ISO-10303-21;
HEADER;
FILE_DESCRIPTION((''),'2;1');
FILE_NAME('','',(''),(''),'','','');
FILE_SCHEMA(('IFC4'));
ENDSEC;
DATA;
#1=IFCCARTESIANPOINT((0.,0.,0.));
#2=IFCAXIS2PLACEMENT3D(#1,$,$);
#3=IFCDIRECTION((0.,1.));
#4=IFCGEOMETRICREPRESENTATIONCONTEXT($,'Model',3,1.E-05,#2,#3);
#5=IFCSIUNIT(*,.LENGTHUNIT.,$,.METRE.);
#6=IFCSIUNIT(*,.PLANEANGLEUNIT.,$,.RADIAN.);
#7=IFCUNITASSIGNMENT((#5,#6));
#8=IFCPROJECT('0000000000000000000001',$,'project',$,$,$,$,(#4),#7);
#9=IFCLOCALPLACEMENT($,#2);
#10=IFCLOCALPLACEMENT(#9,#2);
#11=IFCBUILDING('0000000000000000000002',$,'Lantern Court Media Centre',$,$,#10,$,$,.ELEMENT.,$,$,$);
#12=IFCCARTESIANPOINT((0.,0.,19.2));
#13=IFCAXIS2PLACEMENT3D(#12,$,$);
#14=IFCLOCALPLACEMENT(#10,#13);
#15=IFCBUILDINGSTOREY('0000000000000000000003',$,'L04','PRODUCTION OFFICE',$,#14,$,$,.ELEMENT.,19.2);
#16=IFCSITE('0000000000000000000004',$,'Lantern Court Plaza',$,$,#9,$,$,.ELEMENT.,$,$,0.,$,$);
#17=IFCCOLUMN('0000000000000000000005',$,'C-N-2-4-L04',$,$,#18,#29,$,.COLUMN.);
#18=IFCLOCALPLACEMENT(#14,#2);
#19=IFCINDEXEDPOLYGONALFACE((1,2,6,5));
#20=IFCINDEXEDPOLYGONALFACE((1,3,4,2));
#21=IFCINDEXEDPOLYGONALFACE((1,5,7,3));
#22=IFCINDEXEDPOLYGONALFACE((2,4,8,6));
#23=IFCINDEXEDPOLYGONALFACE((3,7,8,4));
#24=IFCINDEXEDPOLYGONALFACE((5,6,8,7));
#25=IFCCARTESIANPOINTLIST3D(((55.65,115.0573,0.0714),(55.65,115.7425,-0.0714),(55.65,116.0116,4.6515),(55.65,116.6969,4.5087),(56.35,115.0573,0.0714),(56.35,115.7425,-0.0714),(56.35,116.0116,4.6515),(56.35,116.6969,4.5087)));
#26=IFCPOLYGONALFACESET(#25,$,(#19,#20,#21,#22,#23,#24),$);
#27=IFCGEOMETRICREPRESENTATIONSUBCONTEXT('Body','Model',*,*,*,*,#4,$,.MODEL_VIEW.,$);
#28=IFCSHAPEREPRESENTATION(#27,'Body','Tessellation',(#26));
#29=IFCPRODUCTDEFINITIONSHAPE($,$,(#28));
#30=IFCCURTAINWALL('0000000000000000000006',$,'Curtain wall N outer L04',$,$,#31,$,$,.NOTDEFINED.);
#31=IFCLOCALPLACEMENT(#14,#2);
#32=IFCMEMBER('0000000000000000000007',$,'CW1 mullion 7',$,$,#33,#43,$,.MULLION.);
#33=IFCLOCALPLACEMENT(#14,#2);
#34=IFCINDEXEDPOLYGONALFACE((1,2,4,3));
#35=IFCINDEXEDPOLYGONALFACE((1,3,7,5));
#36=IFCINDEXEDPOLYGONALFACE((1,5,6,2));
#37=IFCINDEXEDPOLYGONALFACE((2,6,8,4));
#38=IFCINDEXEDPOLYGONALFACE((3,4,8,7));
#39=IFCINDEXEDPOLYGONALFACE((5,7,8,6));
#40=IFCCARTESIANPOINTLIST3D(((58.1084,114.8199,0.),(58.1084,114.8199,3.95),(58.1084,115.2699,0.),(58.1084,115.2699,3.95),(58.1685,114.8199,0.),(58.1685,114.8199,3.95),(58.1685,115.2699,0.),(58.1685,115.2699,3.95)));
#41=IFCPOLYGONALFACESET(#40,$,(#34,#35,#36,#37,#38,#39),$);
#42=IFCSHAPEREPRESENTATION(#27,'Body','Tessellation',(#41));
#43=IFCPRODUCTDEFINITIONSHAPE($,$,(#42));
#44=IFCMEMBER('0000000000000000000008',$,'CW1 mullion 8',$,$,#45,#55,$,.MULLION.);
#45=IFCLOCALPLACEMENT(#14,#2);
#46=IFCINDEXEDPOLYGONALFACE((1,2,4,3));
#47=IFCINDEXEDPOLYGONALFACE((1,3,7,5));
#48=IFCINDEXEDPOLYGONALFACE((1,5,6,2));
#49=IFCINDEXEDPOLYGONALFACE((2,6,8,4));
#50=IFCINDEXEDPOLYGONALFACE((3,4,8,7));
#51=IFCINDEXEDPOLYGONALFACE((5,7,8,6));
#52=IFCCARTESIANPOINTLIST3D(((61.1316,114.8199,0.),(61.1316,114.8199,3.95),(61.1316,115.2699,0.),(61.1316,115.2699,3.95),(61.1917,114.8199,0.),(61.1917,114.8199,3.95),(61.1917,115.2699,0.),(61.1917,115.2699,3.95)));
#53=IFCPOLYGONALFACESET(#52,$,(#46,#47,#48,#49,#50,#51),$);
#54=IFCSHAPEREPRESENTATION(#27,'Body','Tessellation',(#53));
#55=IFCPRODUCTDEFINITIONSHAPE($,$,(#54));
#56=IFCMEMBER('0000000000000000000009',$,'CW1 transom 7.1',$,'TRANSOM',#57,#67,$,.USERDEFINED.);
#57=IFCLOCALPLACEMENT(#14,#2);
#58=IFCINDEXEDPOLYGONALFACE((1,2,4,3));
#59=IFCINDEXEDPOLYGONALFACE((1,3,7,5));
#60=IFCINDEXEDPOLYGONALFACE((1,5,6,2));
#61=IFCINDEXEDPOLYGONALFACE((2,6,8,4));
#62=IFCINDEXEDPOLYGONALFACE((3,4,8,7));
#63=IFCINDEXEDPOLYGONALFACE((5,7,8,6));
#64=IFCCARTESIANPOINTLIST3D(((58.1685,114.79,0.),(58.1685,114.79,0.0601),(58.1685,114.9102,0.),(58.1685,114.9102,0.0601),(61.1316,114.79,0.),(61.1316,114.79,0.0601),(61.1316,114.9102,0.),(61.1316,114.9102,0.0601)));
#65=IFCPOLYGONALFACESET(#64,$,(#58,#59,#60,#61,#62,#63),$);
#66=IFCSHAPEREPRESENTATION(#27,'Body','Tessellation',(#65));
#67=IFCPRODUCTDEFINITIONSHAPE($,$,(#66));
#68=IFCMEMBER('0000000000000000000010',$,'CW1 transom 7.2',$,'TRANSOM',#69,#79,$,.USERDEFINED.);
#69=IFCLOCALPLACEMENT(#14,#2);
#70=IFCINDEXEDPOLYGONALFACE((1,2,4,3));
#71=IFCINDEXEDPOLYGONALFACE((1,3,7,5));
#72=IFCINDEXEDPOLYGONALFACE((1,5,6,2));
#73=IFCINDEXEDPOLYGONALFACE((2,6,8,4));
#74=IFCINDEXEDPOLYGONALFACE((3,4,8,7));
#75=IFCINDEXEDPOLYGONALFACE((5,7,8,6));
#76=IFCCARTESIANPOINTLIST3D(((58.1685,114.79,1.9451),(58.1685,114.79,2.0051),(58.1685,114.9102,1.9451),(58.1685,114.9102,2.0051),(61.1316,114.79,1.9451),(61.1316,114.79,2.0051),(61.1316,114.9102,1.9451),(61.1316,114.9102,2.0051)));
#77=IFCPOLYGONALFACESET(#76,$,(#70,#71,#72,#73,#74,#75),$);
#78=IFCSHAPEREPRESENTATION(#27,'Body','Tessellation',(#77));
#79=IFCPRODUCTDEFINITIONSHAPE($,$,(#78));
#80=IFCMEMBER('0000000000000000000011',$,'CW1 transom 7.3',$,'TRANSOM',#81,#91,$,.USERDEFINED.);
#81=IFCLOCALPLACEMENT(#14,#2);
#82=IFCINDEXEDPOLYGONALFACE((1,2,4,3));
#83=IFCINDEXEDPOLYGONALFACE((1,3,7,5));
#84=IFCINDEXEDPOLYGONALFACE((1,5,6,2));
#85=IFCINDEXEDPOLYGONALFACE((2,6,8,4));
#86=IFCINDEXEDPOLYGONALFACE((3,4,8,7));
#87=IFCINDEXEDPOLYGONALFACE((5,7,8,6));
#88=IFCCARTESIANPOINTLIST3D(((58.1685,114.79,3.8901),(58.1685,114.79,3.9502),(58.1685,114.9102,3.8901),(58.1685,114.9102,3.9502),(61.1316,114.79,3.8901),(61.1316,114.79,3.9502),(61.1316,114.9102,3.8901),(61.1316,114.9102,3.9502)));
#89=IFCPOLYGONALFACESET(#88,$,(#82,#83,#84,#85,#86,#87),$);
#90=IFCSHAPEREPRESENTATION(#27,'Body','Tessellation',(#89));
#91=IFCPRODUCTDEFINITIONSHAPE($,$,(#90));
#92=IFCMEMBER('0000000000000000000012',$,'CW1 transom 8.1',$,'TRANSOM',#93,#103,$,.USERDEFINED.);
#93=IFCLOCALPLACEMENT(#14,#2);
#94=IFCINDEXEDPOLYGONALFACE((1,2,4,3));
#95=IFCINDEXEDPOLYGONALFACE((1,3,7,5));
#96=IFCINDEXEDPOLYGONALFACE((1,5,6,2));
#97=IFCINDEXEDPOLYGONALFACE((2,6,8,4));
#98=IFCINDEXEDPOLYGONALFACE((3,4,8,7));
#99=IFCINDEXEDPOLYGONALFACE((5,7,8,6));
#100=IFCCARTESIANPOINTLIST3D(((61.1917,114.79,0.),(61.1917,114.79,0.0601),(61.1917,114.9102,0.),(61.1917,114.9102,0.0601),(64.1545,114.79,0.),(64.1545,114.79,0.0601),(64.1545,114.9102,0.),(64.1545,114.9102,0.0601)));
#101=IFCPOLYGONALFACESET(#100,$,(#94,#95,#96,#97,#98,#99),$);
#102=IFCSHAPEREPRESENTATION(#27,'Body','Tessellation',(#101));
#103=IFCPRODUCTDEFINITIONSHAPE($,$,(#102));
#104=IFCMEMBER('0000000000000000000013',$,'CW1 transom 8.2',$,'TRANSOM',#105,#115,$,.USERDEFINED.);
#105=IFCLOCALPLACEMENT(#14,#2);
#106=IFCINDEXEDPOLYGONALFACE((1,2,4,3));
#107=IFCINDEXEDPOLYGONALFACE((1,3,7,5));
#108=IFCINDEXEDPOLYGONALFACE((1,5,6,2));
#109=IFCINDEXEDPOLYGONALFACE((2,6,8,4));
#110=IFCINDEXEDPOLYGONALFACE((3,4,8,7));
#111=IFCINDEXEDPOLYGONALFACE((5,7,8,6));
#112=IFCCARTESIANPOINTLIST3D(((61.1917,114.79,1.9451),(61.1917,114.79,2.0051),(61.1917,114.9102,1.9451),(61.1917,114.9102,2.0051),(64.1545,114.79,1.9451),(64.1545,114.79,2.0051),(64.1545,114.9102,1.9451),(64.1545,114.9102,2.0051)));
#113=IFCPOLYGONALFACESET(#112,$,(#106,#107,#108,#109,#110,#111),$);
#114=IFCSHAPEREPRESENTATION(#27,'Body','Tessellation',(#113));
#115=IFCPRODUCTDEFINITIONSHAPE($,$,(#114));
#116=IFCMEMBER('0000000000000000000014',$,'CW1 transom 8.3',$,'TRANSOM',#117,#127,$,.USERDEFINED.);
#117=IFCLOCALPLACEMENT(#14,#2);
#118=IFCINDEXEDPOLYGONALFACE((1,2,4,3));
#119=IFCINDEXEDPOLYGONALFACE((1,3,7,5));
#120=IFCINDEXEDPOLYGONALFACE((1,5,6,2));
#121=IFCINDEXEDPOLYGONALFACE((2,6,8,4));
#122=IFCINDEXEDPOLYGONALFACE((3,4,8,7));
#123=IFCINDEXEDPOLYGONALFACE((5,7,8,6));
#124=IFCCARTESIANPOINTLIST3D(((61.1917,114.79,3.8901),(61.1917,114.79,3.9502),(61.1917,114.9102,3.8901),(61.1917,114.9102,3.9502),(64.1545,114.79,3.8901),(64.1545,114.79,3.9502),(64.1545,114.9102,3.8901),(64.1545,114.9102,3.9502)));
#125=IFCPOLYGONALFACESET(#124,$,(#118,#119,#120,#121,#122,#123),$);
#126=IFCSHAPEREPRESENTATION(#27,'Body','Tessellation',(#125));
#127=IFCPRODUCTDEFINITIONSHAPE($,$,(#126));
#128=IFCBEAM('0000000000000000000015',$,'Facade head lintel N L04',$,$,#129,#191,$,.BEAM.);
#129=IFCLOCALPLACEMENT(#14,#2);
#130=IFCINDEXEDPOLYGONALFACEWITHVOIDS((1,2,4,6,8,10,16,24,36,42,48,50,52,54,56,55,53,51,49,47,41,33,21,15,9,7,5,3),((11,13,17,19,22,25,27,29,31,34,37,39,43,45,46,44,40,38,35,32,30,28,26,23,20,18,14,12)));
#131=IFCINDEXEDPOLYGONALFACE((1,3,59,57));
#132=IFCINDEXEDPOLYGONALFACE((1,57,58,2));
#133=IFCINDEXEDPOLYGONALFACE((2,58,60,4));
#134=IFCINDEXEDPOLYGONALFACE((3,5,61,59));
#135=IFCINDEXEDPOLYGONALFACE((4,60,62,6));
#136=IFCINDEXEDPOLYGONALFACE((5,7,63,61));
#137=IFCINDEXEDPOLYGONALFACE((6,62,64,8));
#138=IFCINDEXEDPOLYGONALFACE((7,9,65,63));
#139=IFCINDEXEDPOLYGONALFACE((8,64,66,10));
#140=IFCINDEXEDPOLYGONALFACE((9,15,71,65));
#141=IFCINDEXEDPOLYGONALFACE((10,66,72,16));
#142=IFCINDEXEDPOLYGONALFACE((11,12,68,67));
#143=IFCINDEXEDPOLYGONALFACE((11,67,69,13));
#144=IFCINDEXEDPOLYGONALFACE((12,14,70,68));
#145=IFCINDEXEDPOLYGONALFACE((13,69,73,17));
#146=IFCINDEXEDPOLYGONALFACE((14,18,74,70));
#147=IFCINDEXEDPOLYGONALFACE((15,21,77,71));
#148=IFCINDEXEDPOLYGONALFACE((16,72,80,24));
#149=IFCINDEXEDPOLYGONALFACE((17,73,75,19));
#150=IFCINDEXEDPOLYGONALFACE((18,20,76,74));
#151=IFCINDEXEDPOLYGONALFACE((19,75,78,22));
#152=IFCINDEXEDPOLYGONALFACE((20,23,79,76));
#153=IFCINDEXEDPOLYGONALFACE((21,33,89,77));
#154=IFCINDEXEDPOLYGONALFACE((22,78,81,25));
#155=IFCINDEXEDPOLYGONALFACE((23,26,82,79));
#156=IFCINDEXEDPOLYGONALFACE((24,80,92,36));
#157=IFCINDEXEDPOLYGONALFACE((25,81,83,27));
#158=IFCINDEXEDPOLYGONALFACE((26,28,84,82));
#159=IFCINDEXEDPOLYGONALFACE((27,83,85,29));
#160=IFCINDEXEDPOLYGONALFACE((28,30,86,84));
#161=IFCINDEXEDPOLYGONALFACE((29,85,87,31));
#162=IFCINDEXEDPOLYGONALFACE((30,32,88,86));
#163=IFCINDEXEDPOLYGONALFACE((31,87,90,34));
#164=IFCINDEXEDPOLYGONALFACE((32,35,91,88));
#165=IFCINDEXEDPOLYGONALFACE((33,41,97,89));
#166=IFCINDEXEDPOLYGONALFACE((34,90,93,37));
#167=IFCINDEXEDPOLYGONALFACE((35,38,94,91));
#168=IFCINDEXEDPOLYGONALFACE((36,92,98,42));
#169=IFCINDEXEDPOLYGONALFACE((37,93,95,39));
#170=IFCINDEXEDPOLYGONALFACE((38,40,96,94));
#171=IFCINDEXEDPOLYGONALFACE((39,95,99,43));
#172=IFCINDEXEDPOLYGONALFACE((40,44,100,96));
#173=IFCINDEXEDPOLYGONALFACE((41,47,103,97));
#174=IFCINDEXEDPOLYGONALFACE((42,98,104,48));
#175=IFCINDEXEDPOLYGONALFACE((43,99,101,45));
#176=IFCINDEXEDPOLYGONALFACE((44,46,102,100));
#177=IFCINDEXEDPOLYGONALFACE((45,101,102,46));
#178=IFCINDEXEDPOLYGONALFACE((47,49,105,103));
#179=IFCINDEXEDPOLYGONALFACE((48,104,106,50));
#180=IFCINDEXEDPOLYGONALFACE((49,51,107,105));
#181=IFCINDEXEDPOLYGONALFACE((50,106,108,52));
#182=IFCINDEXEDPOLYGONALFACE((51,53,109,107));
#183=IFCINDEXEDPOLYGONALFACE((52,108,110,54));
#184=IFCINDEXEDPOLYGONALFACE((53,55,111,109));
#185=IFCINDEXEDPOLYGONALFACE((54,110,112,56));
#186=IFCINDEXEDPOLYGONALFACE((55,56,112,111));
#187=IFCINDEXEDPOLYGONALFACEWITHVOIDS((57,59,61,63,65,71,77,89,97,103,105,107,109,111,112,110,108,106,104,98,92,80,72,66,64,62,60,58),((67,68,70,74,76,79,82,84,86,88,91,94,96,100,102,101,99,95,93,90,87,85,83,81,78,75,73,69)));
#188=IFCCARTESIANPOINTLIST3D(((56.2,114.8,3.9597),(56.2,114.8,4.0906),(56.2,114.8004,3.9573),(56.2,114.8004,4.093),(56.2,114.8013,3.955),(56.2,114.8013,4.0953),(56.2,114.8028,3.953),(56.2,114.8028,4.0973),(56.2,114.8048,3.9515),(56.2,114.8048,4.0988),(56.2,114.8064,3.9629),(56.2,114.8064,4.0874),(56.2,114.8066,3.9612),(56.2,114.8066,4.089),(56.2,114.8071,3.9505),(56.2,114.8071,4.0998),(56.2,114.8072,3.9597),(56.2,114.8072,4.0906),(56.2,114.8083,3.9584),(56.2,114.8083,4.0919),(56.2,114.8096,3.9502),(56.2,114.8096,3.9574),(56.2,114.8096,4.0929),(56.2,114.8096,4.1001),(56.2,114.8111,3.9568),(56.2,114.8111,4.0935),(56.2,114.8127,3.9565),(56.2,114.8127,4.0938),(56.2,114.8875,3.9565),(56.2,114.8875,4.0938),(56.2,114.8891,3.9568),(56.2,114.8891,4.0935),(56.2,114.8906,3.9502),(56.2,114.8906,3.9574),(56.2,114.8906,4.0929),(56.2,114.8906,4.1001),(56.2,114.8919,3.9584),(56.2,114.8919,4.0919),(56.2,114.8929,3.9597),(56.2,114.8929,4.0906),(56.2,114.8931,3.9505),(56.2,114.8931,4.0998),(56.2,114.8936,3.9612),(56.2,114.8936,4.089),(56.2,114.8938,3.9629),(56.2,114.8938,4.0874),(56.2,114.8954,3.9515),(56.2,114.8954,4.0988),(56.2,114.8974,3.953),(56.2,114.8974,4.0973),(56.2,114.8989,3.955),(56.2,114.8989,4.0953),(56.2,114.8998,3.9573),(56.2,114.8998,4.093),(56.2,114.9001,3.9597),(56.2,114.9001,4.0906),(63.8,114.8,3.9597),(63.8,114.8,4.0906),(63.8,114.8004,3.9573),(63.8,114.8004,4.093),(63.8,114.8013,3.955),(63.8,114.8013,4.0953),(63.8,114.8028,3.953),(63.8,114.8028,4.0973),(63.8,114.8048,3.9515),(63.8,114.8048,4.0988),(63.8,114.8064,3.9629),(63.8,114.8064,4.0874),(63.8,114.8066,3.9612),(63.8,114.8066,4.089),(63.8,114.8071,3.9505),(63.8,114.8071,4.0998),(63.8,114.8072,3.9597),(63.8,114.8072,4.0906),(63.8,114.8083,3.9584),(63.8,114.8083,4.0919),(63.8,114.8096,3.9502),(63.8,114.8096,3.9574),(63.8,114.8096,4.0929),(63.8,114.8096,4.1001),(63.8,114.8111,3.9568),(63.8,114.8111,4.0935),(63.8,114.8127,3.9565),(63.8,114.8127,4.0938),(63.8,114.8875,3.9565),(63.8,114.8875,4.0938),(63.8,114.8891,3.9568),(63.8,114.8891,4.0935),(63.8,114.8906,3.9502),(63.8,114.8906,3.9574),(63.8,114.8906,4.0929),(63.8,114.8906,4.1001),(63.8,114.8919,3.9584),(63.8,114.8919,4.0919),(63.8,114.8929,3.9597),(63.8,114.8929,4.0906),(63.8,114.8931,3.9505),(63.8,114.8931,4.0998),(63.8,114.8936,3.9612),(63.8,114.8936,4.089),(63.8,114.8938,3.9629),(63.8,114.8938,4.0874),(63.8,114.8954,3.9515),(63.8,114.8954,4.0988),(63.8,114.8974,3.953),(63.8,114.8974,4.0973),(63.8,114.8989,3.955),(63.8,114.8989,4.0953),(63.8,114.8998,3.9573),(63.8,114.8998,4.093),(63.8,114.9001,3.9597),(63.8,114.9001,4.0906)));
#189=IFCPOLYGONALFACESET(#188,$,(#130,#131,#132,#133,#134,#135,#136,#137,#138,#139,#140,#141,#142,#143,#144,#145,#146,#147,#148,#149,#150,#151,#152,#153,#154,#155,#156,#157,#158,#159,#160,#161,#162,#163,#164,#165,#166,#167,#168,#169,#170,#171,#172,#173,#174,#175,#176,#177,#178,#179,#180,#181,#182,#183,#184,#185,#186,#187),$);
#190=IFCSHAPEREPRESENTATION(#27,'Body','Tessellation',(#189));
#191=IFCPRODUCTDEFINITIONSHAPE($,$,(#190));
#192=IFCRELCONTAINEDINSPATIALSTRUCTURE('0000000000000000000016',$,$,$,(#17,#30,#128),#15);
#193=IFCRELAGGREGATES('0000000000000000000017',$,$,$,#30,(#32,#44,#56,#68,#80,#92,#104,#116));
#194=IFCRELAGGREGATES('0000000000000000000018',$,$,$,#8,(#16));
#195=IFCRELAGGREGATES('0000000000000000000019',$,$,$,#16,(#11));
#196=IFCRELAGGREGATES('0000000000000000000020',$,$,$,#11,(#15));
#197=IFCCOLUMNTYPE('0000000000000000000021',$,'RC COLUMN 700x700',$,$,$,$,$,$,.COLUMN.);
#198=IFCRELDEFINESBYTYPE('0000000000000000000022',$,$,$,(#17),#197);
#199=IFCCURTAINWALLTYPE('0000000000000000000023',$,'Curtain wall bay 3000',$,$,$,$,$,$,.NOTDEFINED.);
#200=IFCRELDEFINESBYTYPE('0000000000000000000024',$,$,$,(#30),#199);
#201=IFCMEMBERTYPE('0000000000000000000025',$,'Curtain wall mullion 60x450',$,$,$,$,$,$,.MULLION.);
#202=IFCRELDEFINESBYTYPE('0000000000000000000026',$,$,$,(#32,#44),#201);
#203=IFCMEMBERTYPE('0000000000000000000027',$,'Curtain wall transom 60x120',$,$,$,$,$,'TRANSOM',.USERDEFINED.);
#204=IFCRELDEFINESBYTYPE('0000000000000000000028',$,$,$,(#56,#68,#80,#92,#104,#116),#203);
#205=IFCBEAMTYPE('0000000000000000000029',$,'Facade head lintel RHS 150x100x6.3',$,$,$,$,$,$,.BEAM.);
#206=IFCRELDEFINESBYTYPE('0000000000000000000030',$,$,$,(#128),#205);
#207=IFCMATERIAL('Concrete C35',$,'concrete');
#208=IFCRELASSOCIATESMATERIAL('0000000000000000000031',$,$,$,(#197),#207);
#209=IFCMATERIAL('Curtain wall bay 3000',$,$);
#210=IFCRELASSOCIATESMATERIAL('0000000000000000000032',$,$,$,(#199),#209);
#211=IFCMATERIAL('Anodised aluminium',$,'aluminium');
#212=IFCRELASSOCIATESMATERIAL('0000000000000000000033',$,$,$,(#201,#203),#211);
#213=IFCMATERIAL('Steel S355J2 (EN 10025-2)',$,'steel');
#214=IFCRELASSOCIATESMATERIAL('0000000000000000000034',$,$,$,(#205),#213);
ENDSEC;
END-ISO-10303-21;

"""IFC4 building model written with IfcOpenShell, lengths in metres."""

from ifc_helpers import new_model, si_unit, direction, frame, origin, origin_2d, place, context, subcontext, project, spatial, rectangle, hollow_rectangle, extrude, material, material_profile, profile_set, type_object, element, aggregate, save


model = new_model("IFC4")

# Units and contexts
model_context = context("Model", 3, precision=1e-05, world=origin(), true_north=direction((0.0, 1.0)))
body_context = subcontext(model_context, "Body", "Model", "MODEL_VIEW")
ifc_project = project(units=[si_unit("LENGTHUNIT", "METRE"), si_unit("PLANEANGLEUNIT", "RADIAN")], contexts=[model_context])

# Site, building, storey
site_placement = place(None, origin())
site = spatial("IfcSite", under=ifc_project, at=site_placement, Name="Lantern Court Plaza", CompositionType="ELEMENT", RefElevation=0.0)
building_placement = place(site_placement, origin())
building = spatial("IfcBuilding", under=site, at=building_placement, Name="Lantern Court Media Centre", CompositionType="ELEMENT")
storey_placement = place(building_placement, frame((0.0, 0.0, 19.2)))
storey = spatial("IfcBuildingStorey", under=building, at=storey_placement, Name="L04", Description="PRODUCTION OFFICE", CompositionType="ELEMENT", Elevation=19.2)

# Column
ifc_material_1 = material(Name="Concrete C35", Category="concrete")
ifc_material_profile_1 = material_profile(ifc_material_1, rectangle(XDim=0.7, YDim=0.7, at=origin_2d()), Name="RC 700x700")
ifc_profile_set_1 = profile_set([ifc_material_profile_1], Name="Concrete C35")
column_type = type_object("IfcColumnType", Name="RC COLUMN 700x700", PredefinedType="COLUMN", material=ifc_profile_set_1)
column_placement = place(storey_placement, frame((56.0, 115.3999, 0.0), z_axis=(0.0, 0.203988, 0.978973), x_axis=(-1.0, 0.0, 0.0)))
element("IfcColumn", 1, at=column_placement, inside=storey, type_object=column_type, Name="C-N-2-4-L04", PredefinedType="COLUMN", context=body_context, shape_type="SweptSolid", body=[
    extrude(rectangle(XDim=0.7, YDim=0.7, at=origin_2d()), origin(), (0.0, 0.0, 1.0), 4.6785),
])

# Curtain wall, members
ifc_material_2 = material(Name="Curtain wall bay 3000")
curtain_wall_type = type_object("IfcCurtainWallType", Name="Curtain wall bay 3000", PredefinedType="NOTDEFINED", material=ifc_material_2)
curtain_wall_placement = place(storey_placement, origin())
curtain_wall = element("IfcCurtainWall", 2, at=curtain_wall_placement, inside=storey, type_object=curtain_wall_type, Name="Curtain wall N outer L04", PredefinedType="NOTDEFINED")
ifc_material_3 = material(Name="Anodised aluminium", Category="aluminium")
ifc_material_profile_2 = material_profile(ifc_material_3, rectangle(XDim=0.45, YDim=0.0601, at=origin_2d()), Name="AL 60x450")
ifc_profile_set_2 = profile_set([ifc_material_profile_2], Name="Anodised aluminium")
member_type_1 = type_object("IfcMemberType", Name="Curtain wall mullion 60x450", PredefinedType="MULLION", material=ifc_profile_set_2)
member_1_placement = place(storey_placement, frame((58.1384, 115.0449, 0.0), z_axis=(0.0, 0.0, 1.0), x_axis=(0.0, 1.0, 0.0)))
member_1 = element("IfcMember", 3, at=member_1_placement, type_object=member_type_1, Name="CW1 mullion 7", PredefinedType="MULLION", context=body_context, shape_type="SweptSolid", body=[
    extrude(rectangle(XDim=0.45, YDim=0.0601, at=origin_2d()), origin(), (0.0, 0.0, 1.0), 3.95),
])
member_2_placement = place(storey_placement, frame((61.1616, 115.0449, 0.0), z_axis=(0.0, 0.0, 1.0), x_axis=(0.0, 1.0, 0.0)))
member_2 = element("IfcMember", 4, at=member_2_placement, type_object=member_type_1, Name="CW1 mullion 8", PredefinedType="MULLION", context=body_context, shape_type="SweptSolid", body=[
    extrude(rectangle(XDim=0.45, YDim=0.0601, at=origin_2d()), origin(), (0.0, 0.0, 1.0), 3.95),
])
ifc_material_profile_3 = material_profile(ifc_material_3, rectangle(XDim=0.1201, YDim=0.0601, at=origin_2d()), Name="AL 60x120")
ifc_profile_set_3 = profile_set([ifc_material_profile_3], Name="Anodised aluminium")
member_type_2 = type_object("IfcMemberType", Name="Curtain wall transom 60x120", ElementType="TRANSOM", PredefinedType="USERDEFINED", material=ifc_profile_set_3)
member_3_placement = place(storey_placement, frame((58.1685, 114.8501, 0.03), z_axis=(1.0, 0.0, 0.0), x_axis=(0.0, 1.0, 0.0)))
member_3 = element("IfcMember", 5, at=member_3_placement, type_object=member_type_2, Name="CW1 transom 7.1", ObjectType="TRANSOM", PredefinedType="USERDEFINED", context=body_context, shape_type="SweptSolid", body=[
    extrude(rectangle(XDim=0.1201, YDim=0.0601, at=origin_2d()), origin(), (0.0, 0.0, 1.0), 2.9631),
])
member_4_placement = place(storey_placement, frame((58.1685, 114.8501, 1.9751), z_axis=(1.0, 0.0, 0.0), x_axis=(0.0, 1.0, 0.0)))
member_4 = element("IfcMember", 6, at=member_4_placement, type_object=member_type_2, Name="CW1 transom 7.2", ObjectType="TRANSOM", PredefinedType="USERDEFINED", context=body_context, shape_type="SweptSolid", body=[
    extrude(rectangle(XDim=0.1201, YDim=0.0601, at=origin_2d()), origin(), (0.0, 0.0, 1.0), 2.9631),
])
member_5_placement = place(storey_placement, frame((58.1685, 114.8501, 3.9202), z_axis=(1.0, 0.0, 0.0), x_axis=(0.0, 1.0, 0.0)))
member_5 = element("IfcMember", 7, at=member_5_placement, type_object=member_type_2, Name="CW1 transom 7.3", ObjectType="TRANSOM", PredefinedType="USERDEFINED", context=body_context, shape_type="SweptSolid", body=[
    extrude(rectangle(XDim=0.1201, YDim=0.0601, at=origin_2d()), origin(), (0.0, 0.0, 1.0), 2.9631),
])
member_6_placement = place(storey_placement, frame((61.1917, 114.8501, 0.03), z_axis=(1.0, 0.0, 0.0), x_axis=(0.0, 1.0, 0.0)))
member_6 = element("IfcMember", 8, at=member_6_placement, type_object=member_type_2, Name="CW1 transom 8.1", ObjectType="TRANSOM", PredefinedType="USERDEFINED", context=body_context, shape_type="SweptSolid", body=[
    extrude(rectangle(XDim=0.1201, YDim=0.0601, at=origin_2d()), origin(), (0.0, 0.0, 1.0), 2.9629),
])
member_7_placement = place(storey_placement, frame((61.1917, 114.8501, 1.9751), z_axis=(1.0, 0.0, 0.0), x_axis=(0.0, 1.0, 0.0)))
member_7 = element("IfcMember", 9, at=member_7_placement, type_object=member_type_2, Name="CW1 transom 8.2", ObjectType="TRANSOM", PredefinedType="USERDEFINED", context=body_context, shape_type="SweptSolid", body=[
    extrude(rectangle(XDim=0.1201, YDim=0.0601, at=origin_2d()), origin(), (0.0, 0.0, 1.0), 2.9629),
])
member_8_placement = place(storey_placement, frame((61.1917, 114.8501, 3.9202), z_axis=(1.0, 0.0, 0.0), x_axis=(0.0, 1.0, 0.0)))
member_8 = element("IfcMember", 10, at=member_8_placement, type_object=member_type_2, Name="CW1 transom 8.3", ObjectType="TRANSOM", PredefinedType="USERDEFINED", context=body_context, shape_type="SweptSolid", body=[
    extrude(rectangle(XDim=0.1201, YDim=0.0601, at=origin_2d()), origin(), (0.0, 0.0, 1.0), 2.9629),
])

# Beam
ifc_material_4 = material(Name="Steel S355J2 (EN 10025-2)", Category="steel")
ifc_material_profile_4 = material_profile(ifc_material_4, hollow_rectangle(XDim=0.1001, YDim=0.1499, WallThickness=0.0063, InnerFilletRadius=0.0063, OuterFilletRadius=0.0095, at=origin_2d()), Name="Facade head lintel RHS 150x100x6.3")
ifc_profile_set_4 = profile_set([ifc_material_profile_4], Name="Steel S355J2 (EN 10025-2)")
beam_type_1 = type_object("IfcBeamType", Name="Facade head lintel RHS 150x100x6.3", PredefinedType="BEAM", material=ifc_profile_set_4)
beam_1_placement = place(storey_placement, frame((56.2, 114.8501, 4.0251), z_axis=(1.0, 0.0, 0.0), x_axis=(0.0, 1.0, 0.0)))
element("IfcBeam", 11, at=beam_1_placement, inside=storey, type_object=beam_type_1, Name="Facade head lintel N L04", PredefinedType="BEAM", context=body_context, shape_type="SweptSolid", body=[
    extrude(hollow_rectangle(XDim=0.1001, YDim=0.1499, WallThickness=0.0063, InnerFilletRadius=0.0063, OuterFilletRadius=0.0095, at=origin_2d()), origin(), (0.0, 0.0, 1.0), 7.6001),
])

aggregate(curtain_wall, [member_1, member_2, member_3, member_4, member_5, member_6, member_7, member_8])

save(model, "model.ifc")
